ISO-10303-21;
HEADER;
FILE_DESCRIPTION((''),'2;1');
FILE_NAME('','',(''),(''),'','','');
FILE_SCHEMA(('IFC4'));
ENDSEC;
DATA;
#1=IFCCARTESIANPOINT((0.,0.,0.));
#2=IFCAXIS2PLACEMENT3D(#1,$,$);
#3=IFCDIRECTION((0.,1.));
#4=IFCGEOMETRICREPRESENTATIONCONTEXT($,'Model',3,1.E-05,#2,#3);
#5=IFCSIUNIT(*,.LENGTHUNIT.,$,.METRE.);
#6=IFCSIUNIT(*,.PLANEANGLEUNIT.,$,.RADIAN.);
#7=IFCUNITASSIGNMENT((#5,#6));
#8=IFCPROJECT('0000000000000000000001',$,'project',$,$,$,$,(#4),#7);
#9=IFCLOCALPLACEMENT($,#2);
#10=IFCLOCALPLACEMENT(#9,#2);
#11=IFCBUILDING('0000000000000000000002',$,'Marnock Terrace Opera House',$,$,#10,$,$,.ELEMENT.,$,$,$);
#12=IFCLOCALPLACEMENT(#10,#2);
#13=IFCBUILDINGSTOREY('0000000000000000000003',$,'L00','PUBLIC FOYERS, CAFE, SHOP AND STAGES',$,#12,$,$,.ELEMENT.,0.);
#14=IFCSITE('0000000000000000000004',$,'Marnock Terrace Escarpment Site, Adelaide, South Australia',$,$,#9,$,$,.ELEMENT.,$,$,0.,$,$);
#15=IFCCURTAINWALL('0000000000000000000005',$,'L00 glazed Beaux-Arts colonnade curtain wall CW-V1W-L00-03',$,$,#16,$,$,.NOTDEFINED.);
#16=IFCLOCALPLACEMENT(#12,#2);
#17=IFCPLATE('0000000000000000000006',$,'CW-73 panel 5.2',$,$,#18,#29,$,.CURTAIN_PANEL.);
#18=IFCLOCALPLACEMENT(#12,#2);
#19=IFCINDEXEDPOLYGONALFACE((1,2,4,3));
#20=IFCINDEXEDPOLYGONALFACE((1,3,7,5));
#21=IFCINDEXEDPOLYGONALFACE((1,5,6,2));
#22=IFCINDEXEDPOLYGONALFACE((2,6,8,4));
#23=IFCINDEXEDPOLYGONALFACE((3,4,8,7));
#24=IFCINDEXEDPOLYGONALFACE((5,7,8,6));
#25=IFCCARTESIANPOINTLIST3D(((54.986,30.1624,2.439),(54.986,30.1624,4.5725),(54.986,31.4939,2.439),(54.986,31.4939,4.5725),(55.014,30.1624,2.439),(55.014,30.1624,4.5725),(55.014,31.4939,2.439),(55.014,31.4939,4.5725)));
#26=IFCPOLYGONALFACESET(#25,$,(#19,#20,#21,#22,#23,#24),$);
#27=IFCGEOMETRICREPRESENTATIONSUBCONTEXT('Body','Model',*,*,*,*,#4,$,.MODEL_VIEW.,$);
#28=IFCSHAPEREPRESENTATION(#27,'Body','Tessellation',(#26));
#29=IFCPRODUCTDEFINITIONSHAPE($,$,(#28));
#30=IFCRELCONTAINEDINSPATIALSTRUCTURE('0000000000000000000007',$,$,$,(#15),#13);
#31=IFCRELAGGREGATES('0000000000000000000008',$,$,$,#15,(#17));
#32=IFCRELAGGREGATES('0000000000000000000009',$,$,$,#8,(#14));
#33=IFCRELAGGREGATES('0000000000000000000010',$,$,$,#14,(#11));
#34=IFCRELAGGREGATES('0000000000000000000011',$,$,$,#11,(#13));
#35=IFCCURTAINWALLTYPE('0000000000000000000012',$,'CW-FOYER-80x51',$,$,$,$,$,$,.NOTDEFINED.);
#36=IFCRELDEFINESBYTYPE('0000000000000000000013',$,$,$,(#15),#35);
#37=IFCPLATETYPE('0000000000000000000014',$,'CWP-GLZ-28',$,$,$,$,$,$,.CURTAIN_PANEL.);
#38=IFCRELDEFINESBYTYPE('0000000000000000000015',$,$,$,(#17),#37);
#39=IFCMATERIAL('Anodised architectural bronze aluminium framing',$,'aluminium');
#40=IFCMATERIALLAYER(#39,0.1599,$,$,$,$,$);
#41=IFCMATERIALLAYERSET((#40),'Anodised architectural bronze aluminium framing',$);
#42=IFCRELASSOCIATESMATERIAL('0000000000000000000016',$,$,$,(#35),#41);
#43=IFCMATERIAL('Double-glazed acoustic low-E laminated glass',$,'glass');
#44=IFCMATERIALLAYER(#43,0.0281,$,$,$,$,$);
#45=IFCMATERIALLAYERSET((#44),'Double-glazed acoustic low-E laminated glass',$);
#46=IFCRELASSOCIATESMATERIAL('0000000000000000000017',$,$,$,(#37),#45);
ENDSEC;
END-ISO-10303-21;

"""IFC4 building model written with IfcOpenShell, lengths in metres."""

from ifc_helpers import new_model, si_unit, direction, frame, origin, origin_2d, place, context, subcontext, project, spatial, rectangle, extrude, material, layer, layer_set, type_object, element, aggregate, save


model = new_model("IFC4")

# Units and contexts
model_context = context("Model", 3, precision=1e-05, world=origin(), true_north=direction((0.0, 1.0)))
body_context = subcontext(model_context, "Body", "Model", "MODEL_VIEW")
ifc_project = project(units=[si_unit("LENGTHUNIT", "METRE"), si_unit("PLANEANGLEUNIT", "RADIAN")], contexts=[model_context])

# Site, building, storey
site_placement = place(None, origin())
site = spatial("IfcSite", under=ifc_project, at=site_placement, Name="Marnock Terrace Escarpment Site, Adelaide, South Australia", CompositionType="ELEMENT", RefElevation=0.0)
building_placement = place(site_placement, origin())
building = spatial("IfcBuilding", under=site, at=building_placement, Name="Marnock Terrace Opera House", CompositionType="ELEMENT")
storey_placement = place(building_placement, origin())
storey = spatial("IfcBuildingStorey", under=building, at=storey_placement, Name="L00", Description="PUBLIC FOYERS, CAFE, SHOP AND STAGES", CompositionType="ELEMENT", Elevation=0.0)

# Curtain wall, plate
ifc_material_1 = material(Name="Anodised architectural bronze aluminium framing", Category="aluminium")
ifc_layer_1 = layer(ifc_material_1, 0.1599)
ifc_layer_set_1 = layer_set([ifc_layer_1], Name="Anodised architectural bronze aluminium framing")
curtain_wall_type = type_object("IfcCurtainWallType", Name="CW-FOYER-80x51", PredefinedType="NOTDEFINED", material=ifc_layer_set_1)
curtain_wall_placement = place(storey_placement, origin())
curtain_wall = element("IfcCurtainWall", 1, at=curtain_wall_placement, inside=storey, type_object=curtain_wall_type, Name="L00 glazed Beaux-Arts colonnade curtain wall CW-V1W-L00-03", PredefinedType="NOTDEFINED")
ifc_material_2 = material(Name="Double-glazed acoustic low-E laminated glass", Category="glass")
ifc_layer_2 = layer(ifc_material_2, 0.0281)
ifc_layer_set_2 = layer_set([ifc_layer_2], Name="Double-glazed acoustic low-E laminated glass")
plate_type = type_object("IfcPlateType", Name="CWP-GLZ-28", PredefinedType="CURTAIN_PANEL", material=ifc_layer_set_2)
plate_1_placement = place(storey_placement, frame((55.0, 30.8281, 2.439), z_axis=(0.0, 0.0, 1.0), x_axis=(0.0, 1.0, 0.0)))
plate_1 = element("IfcPlate", 2, at=plate_1_placement, type_object=plate_type, Name="CW-73 panel 5.2", PredefinedType="CURTAIN_PANEL", context=body_context, shape_type="SweptSolid", body=[
    extrude(rectangle(XDim=1.3315, YDim=0.0281, at=origin_2d()), origin(), (0.0, 0.0, 1.0), 2.1335),
])
aggregate(curtain_wall, [plate_1])

save(model, "model.ifc")
